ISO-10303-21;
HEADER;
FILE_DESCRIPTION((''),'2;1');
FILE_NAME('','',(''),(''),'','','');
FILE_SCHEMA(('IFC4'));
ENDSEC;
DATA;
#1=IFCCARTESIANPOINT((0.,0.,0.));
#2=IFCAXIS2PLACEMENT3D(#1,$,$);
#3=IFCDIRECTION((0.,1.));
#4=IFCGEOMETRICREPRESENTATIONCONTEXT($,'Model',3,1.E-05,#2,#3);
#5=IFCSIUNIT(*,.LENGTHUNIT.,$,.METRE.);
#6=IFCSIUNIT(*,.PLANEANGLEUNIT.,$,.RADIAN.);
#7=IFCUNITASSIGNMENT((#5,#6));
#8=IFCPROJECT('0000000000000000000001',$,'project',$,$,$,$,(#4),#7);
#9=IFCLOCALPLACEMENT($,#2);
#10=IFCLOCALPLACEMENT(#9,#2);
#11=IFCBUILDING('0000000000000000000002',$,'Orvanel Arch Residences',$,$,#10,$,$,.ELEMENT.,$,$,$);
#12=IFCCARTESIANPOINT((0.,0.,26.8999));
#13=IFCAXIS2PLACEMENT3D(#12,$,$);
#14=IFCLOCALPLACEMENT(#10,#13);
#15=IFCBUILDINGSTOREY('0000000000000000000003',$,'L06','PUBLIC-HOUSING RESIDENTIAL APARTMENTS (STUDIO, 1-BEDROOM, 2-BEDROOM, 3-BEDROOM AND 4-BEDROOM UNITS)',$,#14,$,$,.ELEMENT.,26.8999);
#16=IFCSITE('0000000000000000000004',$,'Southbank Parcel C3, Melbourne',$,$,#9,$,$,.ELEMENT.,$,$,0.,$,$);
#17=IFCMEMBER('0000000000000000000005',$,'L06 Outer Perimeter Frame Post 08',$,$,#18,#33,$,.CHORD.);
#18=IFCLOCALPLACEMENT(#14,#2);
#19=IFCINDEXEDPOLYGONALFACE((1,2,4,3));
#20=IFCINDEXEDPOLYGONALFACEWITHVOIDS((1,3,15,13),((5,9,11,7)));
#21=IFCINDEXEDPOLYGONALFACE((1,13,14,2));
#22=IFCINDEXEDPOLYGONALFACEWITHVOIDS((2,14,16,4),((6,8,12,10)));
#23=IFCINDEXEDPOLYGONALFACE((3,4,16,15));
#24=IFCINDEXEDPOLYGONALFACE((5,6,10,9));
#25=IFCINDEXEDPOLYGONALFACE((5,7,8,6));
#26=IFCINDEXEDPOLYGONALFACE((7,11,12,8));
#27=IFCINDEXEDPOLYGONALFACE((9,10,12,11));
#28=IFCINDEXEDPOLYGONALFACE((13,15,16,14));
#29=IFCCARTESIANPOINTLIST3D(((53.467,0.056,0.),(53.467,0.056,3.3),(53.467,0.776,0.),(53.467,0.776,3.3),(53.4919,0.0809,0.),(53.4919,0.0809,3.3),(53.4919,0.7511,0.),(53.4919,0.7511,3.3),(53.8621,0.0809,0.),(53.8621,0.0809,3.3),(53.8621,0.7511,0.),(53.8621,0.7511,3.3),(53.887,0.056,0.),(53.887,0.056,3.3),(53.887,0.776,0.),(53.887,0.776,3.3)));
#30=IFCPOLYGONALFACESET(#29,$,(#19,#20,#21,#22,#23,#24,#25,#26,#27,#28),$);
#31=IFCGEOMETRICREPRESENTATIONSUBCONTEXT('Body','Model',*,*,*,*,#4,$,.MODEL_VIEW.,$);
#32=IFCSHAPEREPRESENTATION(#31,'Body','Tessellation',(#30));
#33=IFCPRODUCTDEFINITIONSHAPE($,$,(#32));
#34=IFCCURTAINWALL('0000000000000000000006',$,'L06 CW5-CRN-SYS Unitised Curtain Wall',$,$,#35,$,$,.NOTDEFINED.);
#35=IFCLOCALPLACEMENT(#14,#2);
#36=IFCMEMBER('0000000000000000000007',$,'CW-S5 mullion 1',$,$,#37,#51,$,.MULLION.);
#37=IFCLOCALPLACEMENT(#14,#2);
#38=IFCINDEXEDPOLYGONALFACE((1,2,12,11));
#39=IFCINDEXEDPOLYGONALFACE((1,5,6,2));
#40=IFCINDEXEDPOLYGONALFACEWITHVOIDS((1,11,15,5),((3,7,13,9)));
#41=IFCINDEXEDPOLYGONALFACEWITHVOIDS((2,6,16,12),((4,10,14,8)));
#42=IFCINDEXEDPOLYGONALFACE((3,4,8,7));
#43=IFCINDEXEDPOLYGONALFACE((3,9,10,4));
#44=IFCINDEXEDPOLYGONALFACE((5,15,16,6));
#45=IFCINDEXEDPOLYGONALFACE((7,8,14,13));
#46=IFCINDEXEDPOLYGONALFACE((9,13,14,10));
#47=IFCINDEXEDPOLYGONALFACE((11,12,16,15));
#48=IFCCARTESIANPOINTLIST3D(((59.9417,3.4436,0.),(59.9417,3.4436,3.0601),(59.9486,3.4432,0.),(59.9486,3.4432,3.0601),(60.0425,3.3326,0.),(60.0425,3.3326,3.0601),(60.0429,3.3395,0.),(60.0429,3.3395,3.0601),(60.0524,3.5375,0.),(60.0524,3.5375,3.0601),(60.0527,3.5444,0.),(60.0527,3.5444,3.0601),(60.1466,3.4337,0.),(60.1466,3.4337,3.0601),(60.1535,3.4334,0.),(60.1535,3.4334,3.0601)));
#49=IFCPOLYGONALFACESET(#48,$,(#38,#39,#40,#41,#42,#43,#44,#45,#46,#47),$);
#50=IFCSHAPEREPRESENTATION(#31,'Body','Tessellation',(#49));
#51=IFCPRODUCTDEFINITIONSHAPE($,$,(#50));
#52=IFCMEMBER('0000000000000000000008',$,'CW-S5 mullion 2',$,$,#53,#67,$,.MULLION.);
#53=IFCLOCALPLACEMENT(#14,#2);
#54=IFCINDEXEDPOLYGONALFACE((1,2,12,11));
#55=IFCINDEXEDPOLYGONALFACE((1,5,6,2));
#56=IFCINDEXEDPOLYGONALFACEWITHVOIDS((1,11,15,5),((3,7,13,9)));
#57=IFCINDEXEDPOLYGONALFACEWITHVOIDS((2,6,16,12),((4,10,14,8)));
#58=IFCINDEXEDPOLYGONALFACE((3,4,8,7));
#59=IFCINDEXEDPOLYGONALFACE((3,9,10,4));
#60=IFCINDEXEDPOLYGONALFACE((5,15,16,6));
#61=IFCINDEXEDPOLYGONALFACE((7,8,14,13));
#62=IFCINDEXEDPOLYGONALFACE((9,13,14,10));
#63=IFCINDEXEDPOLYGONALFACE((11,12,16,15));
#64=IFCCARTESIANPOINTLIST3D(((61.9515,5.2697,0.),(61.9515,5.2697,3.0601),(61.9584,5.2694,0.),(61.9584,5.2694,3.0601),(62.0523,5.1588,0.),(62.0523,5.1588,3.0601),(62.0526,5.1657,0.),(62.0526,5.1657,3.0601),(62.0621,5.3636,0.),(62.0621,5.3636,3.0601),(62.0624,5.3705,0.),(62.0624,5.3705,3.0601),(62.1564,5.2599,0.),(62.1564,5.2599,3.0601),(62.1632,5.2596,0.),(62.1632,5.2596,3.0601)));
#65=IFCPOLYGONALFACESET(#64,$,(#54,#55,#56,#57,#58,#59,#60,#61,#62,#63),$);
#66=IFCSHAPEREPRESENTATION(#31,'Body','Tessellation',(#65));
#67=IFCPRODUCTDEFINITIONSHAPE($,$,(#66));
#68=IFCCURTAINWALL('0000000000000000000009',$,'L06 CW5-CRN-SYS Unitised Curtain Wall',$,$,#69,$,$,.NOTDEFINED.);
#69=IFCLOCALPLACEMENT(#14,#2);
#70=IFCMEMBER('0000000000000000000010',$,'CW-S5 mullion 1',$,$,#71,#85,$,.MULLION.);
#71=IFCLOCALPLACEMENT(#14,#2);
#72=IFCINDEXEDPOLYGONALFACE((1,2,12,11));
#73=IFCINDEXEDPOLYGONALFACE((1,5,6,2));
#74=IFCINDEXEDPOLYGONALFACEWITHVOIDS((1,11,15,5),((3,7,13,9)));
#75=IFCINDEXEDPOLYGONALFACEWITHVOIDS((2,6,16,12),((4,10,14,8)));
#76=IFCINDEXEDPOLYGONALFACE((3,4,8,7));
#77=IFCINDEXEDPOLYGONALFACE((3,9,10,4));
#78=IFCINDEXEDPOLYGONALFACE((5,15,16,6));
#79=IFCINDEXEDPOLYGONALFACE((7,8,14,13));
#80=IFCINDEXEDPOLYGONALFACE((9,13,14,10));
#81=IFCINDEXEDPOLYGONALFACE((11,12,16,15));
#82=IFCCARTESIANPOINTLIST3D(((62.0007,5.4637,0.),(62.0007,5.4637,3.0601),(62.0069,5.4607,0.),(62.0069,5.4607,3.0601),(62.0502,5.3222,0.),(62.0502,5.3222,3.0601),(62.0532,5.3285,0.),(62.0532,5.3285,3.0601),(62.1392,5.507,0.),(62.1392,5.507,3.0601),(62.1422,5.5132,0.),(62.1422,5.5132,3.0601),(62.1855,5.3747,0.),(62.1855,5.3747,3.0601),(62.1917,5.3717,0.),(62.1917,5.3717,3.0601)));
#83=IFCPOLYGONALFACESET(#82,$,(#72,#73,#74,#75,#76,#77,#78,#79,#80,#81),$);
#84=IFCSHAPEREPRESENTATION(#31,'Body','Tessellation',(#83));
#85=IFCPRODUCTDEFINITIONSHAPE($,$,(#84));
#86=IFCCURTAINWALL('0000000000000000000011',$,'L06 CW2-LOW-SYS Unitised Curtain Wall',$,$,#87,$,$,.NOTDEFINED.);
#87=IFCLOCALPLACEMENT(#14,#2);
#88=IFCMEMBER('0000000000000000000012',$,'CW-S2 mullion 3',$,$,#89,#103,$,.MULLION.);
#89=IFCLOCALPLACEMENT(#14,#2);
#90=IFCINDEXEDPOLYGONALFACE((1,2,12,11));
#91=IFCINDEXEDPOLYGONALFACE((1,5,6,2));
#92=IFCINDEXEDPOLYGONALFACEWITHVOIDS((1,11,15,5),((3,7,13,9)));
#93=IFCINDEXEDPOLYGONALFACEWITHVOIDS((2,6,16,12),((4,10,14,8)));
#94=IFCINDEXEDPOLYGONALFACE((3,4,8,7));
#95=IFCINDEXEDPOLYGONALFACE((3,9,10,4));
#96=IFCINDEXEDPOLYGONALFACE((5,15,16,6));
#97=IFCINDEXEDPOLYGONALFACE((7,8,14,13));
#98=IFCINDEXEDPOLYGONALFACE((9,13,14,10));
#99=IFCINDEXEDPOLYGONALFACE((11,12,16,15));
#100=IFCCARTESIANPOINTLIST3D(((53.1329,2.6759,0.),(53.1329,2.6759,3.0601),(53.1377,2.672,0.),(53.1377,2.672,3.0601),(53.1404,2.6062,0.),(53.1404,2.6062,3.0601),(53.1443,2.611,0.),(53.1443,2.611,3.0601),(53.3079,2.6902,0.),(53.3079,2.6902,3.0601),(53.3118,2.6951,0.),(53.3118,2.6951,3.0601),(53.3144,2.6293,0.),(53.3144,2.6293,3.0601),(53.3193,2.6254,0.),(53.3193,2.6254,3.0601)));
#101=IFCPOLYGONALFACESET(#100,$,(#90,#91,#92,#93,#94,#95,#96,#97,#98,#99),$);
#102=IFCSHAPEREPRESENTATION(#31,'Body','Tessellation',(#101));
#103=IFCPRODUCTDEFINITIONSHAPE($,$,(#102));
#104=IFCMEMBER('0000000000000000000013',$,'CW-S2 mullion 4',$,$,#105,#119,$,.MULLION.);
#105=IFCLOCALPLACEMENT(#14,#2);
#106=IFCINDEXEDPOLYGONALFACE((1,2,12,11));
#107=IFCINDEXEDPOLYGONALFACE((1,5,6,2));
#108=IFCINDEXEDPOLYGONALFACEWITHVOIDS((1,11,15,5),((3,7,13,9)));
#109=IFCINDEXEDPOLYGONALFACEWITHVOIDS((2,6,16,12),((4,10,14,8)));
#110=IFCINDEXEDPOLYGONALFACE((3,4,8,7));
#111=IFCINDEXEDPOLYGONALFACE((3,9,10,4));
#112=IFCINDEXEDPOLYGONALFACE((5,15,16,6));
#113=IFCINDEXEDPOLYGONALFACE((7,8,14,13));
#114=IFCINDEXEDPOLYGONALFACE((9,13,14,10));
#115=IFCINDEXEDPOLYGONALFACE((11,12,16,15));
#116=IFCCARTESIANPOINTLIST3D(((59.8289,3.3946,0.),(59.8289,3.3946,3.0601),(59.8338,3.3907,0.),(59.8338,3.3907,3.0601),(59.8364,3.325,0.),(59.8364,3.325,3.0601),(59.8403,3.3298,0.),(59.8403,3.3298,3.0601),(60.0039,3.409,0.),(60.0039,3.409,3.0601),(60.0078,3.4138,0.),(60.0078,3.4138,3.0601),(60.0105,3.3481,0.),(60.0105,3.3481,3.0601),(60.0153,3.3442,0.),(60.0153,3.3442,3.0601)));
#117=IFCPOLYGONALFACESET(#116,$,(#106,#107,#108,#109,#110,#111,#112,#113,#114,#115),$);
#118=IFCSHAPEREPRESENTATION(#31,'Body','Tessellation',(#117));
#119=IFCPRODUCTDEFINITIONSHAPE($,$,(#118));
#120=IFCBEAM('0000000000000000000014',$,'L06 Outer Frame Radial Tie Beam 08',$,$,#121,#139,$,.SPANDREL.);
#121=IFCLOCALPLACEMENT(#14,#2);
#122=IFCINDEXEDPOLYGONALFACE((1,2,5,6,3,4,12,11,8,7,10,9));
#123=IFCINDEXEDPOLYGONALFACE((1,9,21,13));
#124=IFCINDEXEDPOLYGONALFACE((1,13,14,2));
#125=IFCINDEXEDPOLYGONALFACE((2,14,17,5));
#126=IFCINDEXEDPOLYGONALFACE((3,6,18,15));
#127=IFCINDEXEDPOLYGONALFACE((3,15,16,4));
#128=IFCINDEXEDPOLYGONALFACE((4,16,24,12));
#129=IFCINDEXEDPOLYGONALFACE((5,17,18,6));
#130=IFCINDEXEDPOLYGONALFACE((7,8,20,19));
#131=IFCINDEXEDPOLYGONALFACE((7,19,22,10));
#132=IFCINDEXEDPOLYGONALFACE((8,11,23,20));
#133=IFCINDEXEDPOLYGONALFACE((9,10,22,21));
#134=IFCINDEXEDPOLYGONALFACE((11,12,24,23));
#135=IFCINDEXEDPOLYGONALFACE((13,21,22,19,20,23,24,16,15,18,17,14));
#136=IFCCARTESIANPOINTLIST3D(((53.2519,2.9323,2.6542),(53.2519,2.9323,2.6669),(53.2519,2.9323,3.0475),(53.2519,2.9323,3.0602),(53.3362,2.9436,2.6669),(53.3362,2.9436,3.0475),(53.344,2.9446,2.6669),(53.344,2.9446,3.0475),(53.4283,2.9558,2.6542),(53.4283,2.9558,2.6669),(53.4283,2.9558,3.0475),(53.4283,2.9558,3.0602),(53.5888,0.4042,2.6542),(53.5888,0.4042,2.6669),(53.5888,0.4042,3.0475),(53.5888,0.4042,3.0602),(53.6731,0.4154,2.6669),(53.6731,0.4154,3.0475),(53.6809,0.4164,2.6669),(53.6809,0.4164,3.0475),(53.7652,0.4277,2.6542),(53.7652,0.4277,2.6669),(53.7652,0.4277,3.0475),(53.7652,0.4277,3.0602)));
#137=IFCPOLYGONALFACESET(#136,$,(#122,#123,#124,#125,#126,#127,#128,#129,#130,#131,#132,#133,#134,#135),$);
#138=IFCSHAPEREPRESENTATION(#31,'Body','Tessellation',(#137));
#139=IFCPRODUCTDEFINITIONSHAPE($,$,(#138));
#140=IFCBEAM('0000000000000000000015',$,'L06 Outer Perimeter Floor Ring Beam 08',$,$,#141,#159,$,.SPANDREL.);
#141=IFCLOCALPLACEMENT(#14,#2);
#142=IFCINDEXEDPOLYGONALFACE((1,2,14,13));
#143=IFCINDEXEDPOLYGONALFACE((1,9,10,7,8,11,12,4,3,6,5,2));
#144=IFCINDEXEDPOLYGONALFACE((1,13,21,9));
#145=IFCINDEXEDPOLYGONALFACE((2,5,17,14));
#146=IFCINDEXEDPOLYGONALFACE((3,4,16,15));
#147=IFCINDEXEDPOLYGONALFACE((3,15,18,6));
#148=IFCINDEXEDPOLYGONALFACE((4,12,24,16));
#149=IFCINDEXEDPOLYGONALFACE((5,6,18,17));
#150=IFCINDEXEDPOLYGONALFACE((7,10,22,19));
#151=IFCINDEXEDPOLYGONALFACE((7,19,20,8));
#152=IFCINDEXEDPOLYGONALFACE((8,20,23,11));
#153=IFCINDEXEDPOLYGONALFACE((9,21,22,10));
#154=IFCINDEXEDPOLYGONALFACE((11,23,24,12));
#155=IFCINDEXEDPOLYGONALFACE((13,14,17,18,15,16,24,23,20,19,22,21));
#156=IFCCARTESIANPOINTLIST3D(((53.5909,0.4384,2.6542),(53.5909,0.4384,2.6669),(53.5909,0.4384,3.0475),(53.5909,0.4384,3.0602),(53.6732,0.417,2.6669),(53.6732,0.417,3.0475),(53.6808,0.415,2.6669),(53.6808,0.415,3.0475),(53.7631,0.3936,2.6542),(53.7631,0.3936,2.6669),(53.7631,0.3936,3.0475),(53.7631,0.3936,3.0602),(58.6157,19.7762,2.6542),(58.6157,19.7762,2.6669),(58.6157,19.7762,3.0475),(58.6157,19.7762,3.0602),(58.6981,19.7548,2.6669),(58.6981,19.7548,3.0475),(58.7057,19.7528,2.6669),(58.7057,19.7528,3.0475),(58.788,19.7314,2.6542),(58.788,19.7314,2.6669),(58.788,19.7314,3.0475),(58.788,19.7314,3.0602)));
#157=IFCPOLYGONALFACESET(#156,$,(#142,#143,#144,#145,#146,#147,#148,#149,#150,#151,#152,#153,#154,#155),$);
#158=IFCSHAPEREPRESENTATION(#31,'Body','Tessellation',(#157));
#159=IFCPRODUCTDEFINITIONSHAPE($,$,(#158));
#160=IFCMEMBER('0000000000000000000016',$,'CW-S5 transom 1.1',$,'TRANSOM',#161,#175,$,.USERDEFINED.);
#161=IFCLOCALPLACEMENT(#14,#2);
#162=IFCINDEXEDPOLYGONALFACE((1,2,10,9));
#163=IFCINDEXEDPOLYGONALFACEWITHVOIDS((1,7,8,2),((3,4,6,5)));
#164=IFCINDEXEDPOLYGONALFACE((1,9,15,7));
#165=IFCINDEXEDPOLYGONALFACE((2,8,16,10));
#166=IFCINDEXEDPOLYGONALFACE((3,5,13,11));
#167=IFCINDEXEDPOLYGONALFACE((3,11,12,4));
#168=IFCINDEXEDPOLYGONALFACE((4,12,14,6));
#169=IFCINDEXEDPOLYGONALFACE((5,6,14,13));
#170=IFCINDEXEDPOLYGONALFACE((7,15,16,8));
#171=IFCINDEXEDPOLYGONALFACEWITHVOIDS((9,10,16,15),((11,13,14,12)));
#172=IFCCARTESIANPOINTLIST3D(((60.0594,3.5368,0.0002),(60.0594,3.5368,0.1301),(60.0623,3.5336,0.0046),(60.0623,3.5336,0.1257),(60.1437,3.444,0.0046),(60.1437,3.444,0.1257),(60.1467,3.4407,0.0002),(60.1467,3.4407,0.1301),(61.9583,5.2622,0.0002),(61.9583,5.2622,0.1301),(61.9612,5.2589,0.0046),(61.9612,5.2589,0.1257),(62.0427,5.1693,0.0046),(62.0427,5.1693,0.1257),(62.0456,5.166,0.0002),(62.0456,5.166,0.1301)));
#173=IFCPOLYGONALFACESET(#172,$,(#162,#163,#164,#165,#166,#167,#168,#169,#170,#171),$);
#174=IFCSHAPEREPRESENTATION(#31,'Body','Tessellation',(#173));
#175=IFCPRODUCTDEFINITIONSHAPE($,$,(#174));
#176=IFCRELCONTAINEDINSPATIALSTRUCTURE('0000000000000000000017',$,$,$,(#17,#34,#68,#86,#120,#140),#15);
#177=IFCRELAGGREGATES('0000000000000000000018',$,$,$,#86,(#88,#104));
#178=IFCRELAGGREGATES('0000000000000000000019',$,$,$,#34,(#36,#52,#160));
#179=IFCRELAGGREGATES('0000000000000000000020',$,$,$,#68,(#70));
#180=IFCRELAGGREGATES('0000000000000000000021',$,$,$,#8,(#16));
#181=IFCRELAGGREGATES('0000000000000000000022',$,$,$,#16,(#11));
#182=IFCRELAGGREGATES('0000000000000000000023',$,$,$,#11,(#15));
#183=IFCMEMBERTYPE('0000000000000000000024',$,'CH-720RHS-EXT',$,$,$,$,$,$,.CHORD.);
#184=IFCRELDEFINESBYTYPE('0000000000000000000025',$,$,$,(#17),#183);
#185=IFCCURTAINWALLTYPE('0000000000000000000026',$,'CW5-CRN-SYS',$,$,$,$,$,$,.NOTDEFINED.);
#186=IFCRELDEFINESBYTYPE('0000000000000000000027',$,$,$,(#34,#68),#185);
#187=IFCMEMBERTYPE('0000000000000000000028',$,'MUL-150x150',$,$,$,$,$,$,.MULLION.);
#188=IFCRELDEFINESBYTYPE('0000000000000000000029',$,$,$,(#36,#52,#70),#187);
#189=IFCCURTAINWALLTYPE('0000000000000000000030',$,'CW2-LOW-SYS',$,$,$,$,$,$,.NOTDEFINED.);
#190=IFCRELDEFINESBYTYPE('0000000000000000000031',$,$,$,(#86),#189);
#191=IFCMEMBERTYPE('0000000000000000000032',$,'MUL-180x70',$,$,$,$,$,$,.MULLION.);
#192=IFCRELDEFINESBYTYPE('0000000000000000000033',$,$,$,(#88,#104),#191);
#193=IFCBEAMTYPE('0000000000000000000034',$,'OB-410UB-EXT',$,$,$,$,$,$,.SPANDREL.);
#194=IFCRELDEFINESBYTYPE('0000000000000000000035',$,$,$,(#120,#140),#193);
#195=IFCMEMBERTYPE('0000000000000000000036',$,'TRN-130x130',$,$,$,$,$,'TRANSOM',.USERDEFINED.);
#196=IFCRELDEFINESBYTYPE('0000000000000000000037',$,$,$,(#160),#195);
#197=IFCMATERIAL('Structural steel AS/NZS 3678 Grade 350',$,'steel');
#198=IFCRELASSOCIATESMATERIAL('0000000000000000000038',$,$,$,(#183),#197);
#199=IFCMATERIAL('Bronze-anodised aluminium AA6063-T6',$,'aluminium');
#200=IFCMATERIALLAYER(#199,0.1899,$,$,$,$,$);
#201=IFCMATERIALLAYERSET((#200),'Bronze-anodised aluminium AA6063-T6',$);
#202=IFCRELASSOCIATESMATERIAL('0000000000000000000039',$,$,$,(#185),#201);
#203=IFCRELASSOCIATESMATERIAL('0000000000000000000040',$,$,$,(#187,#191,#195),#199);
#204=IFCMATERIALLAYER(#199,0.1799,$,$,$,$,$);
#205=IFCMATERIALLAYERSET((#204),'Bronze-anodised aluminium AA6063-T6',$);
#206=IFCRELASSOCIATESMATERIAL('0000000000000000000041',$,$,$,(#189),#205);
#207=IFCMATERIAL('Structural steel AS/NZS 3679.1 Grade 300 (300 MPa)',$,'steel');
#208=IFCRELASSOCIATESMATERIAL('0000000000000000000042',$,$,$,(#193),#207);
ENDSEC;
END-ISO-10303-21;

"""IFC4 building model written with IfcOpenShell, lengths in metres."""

from ifc_helpers import new_model, si_unit, direction, frame, origin, origin_2d, place, context, subcontext, project, spatial, hollow_rectangle, i_section, extrude, material, layer, layer_set, material_profile, profile_set, type_object, element, aggregate, save


model = new_model("IFC4")

# Units and contexts
model_context = context("Model", 3, precision=1e-05, world=origin(), true_north=direction((0.0, 1.0)))
body_context = subcontext(model_context, "Body", "Model", "MODEL_VIEW")
ifc_project = project(units=[si_unit("LENGTHUNIT", "METRE"), si_unit("PLANEANGLEUNIT", "RADIAN")], contexts=[model_context])

# Site, building, storey
site_placement = place(None, origin())
site = spatial("IfcSite", under=ifc_project, at=site_placement, Name="Southbank Parcel C3, Melbourne", CompositionType="ELEMENT", RefElevation=0.0)
building_placement = place(site_placement, origin())
building = spatial("IfcBuilding", under=site, at=building_placement, Name="Orvanel Arch Residences", CompositionType="ELEMENT")
storey_placement = place(building_placement, frame((0.0, 0.0, 26.8999)))
storey = spatial("IfcBuildingStorey", under=building, at=storey_placement, Name="L06", Description="PUBLIC-HOUSING RESIDENTIAL APARTMENTS (STUDIO, 1-BEDROOM, 2-BEDROOM, 3-BEDROOM AND 4-BEDROOM UNITS)", CompositionType="ELEMENT", Elevation=26.8999)

# Member
ifc_material_1 = material(Name="Structural steel AS/NZS 3678 Grade 350", Category="steel")
ifc_material_profile_1 = material_profile(ifc_material_1, hollow_rectangle(XDim=0.4199, YDim=0.72, WallThickness=0.0249, at=origin_2d()), Name="RHS720x420x25")
ifc_profile_set_1 = profile_set([ifc_material_profile_1], Name="Structural steel AS/NZS 3678 Grade 350")
member_type_1 = type_object("IfcMemberType", Name="CH-720RHS-EXT", PredefinedType="CHORD", material=ifc_profile_set_1)
member_1_placement = place(storey_placement, frame((53.677, 0.416, 0.0), z_axis=(0.0, 0.0, 1.0), x_axis=(1.0, 0.0, 0.0)))
element("IfcMember", 1, at=member_1_placement, inside=storey, type_object=member_type_1, Name="L06 Outer Perimeter Frame Post 08", PredefinedType="CHORD", context=body_context, shape_type="SweptSolid", body=[
    extrude(hollow_rectangle(XDim=0.4199, YDim=0.72, WallThickness=0.0249, at=origin_2d()), origin(), (0.0, 0.0, 1.0), 3.3),
])

# Curtain wall, members
ifc_material_2 = material(Name="Bronze-anodised aluminium AA6063-T6", Category="aluminium")
ifc_layer_1 = layer(ifc_material_2, 0.1899)
ifc_layer_set_1 = layer_set([ifc_layer_1], Name="Bronze-anodised aluminium AA6063-T6")
curtain_wall_type_1 = type_object("IfcCurtainWallType", Name="CW5-CRN-SYS", PredefinedType="NOTDEFINED", material=ifc_layer_set_1)
curtain_wall_1_placement = place(storey_placement, origin())
curtain_wall_1 = element("IfcCurtainWall", 2, at=curtain_wall_1_placement, inside=storey, type_object=curtain_wall_type_1, Name="L06 CW5-CRN-SYS Unitised Curtain Wall", PredefinedType="NOTDEFINED")
ifc_material_profile_2 = material_profile(ifc_material_2, hollow_rectangle(XDim=0.1499, YDim=0.1499, WallThickness=0.0049, at=origin_2d()), Name="ALU150x150x5")
ifc_profile_set_2 = profile_set([ifc_material_profile_2], Name="Bronze-anodised aluminium AA6063-T6")
member_type_2 = type_object("IfcMemberType", Name="MUL-150x150", PredefinedType="MULLION", material=ifc_profile_set_2)
member_2_placement = place(storey_placement, frame((60.0476, 3.4385, 0.0), z_axis=(0.0, 0.0, 1.0), x_axis=(-0.672447, 0.740145, 0.0)))
member_2 = element("IfcMember", 3, at=member_2_placement, type_object=member_type_2, Name="CW-S5 mullion 1", PredefinedType="MULLION", context=body_context, shape_type="SweptSolid", body=[
    extrude(hollow_rectangle(XDim=0.1499, YDim=0.1499, WallThickness=0.0049, at=origin_2d()), origin(), (0.0, 0.0, 1.0), 3.0601),
])
member_3_placement = place(storey_placement, frame((62.0574, 5.2646, 0.0), z_axis=(0.0, 0.0, 1.0), x_axis=(-0.672447, 0.740145, 0.0)))
member_3 = element("IfcMember", 4, at=member_3_placement, type_object=member_type_2, Name="CW-S5 mullion 2", PredefinedType="MULLION", context=body_context, shape_type="SweptSolid", body=[
    extrude(hollow_rectangle(XDim=0.1499, YDim=0.1499, WallThickness=0.0049, at=origin_2d()), origin(), (0.0, 0.0, 1.0), 3.0601),
])

# Curtain wall, member
curtain_wall_2_placement = place(storey_placement, origin())
curtain_wall_2 = element("IfcCurtainWall", 5, at=curtain_wall_2_placement, inside=storey, type_object=curtain_wall_type_1, Name="L06 CW5-CRN-SYS Unitised Curtain Wall", PredefinedType="NOTDEFINED")
member_4_placement = place(storey_placement, frame((62.0962, 5.4177, 0.0), z_axis=(0.0, 0.0, 1.0), x_axis=(-0.943916, -0.330186, 0.0)))
member_4 = element("IfcMember", 6, at=member_4_placement, type_object=member_type_2, Name="CW-S5 mullion 1", PredefinedType="MULLION", context=body_context, shape_type="SweptSolid", body=[
    extrude(hollow_rectangle(XDim=0.1499, YDim=0.1499, WallThickness=0.0049, at=origin_2d()), origin(), (0.0, 0.0, 1.0), 3.0601),
])

# Curtain wall, members
ifc_layer_2 = layer(ifc_material_2, 0.1799)
ifc_layer_set_2 = layer_set([ifc_layer_2], Name="Bronze-anodised aluminium AA6063-T6")
curtain_wall_type_2 = type_object("IfcCurtainWallType", Name="CW2-LOW-SYS", PredefinedType="NOTDEFINED", material=ifc_layer_set_2)
curtain_wall_3_placement = place(storey_placement, origin())
curtain_wall_3 = element("IfcCurtainWall", 7, at=curtain_wall_3_placement, inside=storey, type_object=curtain_wall_type_2, Name="L06 CW2-LOW-SYS Unitised Curtain Wall", PredefinedType="NOTDEFINED")
ifc_material_profile_3 = material_profile(ifc_material_2, hollow_rectangle(XDim=0.0701, YDim=0.1799, WallThickness=0.0044, at=origin_2d()), Name="ALU180x70x4.5")
ifc_profile_set_3 = profile_set([ifc_material_profile_3], Name="Bronze-anodised aluminium AA6063-T6")
member_type_3 = type_object("IfcMemberType", Name="MUL-180x70", PredefinedType="MULLION", material=ifc_profile_set_3)
member_5_placement = place(storey_placement, frame((53.2261, 2.6506, 0.0), z_axis=(0.0, 0.0, 1.0), x_axis=(-0.106702, 0.994291, 0.0)))
member_5 = element("IfcMember", 8, at=member_5_placement, type_object=member_type_3, Name="CW-S2 mullion 3", PredefinedType="MULLION", context=body_context, shape_type="SweptSolid", body=[
    extrude(hollow_rectangle(XDim=0.0701, YDim=0.1799, WallThickness=0.0044, at=origin_2d()), origin(), (0.0, 0.0, 1.0), 3.0601),
])
member_6_placement = place(storey_placement, frame((59.9221, 3.3694, 0.0), z_axis=(0.0, 0.0, 1.0), x_axis=(-0.106702, 0.994291, 0.0)))
member_6 = element("IfcMember", 9, at=member_6_placement, type_object=member_type_3, Name="CW-S2 mullion 4", PredefinedType="MULLION", context=body_context, shape_type="SweptSolid", body=[
    extrude(hollow_rectangle(XDim=0.0701, YDim=0.1799, WallThickness=0.0044, at=origin_2d()), origin(), (0.0, 0.0, 1.0), 3.0601),
])

# Beams
ifc_material_3 = material(Name="Structural steel AS/NZS 3679.1 Grade 300 (300 MPa)", Category="steel")
ifc_material_profile_4 = material_profile(ifc_material_3, i_section(OverallWidth=0.178, OverallDepth=0.406, WebThickness=0.0078, FlangeThickness=0.0127, at=origin_2d()), Name="410UB59.7")
ifc_profile_set_4 = profile_set([ifc_material_profile_4], Name="Structural steel AS/NZS 3679.1 Grade 300 (300 MPa)")
beam_type = type_object("IfcBeamType", Name="OB-410UB-EXT", PredefinedType="SPANDREL", material=ifc_profile_set_4)
beam_1_placement = place(storey_placement, frame((53.3401, 2.9441, 2.8572), z_axis=(0.132101, -0.991236, 0.0), x_axis=(0.991236, 0.132101, 0.0)))
element("IfcBeam", 10, at=beam_1_placement, inside=storey, type_object=beam_type, Name="L06 Outer Frame Radial Tie Beam 08", PredefinedType="SPANDREL", context=body_context, shape_type="SweptSolid", body=[
    extrude(i_section(OverallWidth=0.178, OverallDepth=0.406, WebThickness=0.0078, FlangeThickness=0.0127, at=origin_2d()), origin(), (0.0, 0.0, 1.0), 2.5505),
])
beam_2_placement = place(storey_placement, frame((53.677, 0.416, 2.8572), z_axis=(0.251496, 0.967858, 0.0), x_axis=(-0.967858, 0.251496, 0.0)))
element("IfcBeam", 11, at=beam_2_placement, inside=storey, type_object=beam_type, Name="L06 Outer Perimeter Floor Ring Beam 08", PredefinedType="SPANDREL", context=body_context, shape_type="SweptSolid", body=[
    extrude(i_section(OverallWidth=0.178, OverallDepth=0.406, WebThickness=0.0078, FlangeThickness=0.0127, at=origin_2d()), origin(), (0.0, 0.0, 1.0), 19.98),
])

# Member
ifc_material_profile_5 = material_profile(ifc_material_2, hollow_rectangle(XDim=0.1299, YDim=0.1299, WallThickness=0.0044, at=origin_2d()), Name="ALU130x130x4.5")
ifc_profile_set_5 = profile_set([ifc_material_profile_5], Name="Bronze-anodised aluminium AA6063-T6")
member_type_4 = type_object("IfcMemberType", Name="TRN-130x130", ElementType="TRANSOM", PredefinedType="USERDEFINED", material=ifc_profile_set_5)
member_7_placement = place(storey_placement, frame((60.103, 3.4888, 0.0652), z_axis=(0.740125, 0.672469, 0.0), x_axis=(-0.672469, 0.740125, 0.0)))
member_7 = element("IfcMember", 12, at=member_7_placement, type_object=member_type_4, Name="CW-S5 transom 1.1", ObjectType="TRANSOM", PredefinedType="USERDEFINED", context=body_context, shape_type="SweptSolid", body=[
    extrude(hollow_rectangle(XDim=0.1299, YDim=0.1299, WallThickness=0.0044, at=origin_2d()), origin(), (0.0, 0.0, 1.0), 2.5657),
])

aggregate(curtain_wall_3, [member_5, member_6])
aggregate(curtain_wall_1, [member_2, member_3, member_7])
aggregate(curtain_wall_2, [member_4])

save(model, "model.ifc")
